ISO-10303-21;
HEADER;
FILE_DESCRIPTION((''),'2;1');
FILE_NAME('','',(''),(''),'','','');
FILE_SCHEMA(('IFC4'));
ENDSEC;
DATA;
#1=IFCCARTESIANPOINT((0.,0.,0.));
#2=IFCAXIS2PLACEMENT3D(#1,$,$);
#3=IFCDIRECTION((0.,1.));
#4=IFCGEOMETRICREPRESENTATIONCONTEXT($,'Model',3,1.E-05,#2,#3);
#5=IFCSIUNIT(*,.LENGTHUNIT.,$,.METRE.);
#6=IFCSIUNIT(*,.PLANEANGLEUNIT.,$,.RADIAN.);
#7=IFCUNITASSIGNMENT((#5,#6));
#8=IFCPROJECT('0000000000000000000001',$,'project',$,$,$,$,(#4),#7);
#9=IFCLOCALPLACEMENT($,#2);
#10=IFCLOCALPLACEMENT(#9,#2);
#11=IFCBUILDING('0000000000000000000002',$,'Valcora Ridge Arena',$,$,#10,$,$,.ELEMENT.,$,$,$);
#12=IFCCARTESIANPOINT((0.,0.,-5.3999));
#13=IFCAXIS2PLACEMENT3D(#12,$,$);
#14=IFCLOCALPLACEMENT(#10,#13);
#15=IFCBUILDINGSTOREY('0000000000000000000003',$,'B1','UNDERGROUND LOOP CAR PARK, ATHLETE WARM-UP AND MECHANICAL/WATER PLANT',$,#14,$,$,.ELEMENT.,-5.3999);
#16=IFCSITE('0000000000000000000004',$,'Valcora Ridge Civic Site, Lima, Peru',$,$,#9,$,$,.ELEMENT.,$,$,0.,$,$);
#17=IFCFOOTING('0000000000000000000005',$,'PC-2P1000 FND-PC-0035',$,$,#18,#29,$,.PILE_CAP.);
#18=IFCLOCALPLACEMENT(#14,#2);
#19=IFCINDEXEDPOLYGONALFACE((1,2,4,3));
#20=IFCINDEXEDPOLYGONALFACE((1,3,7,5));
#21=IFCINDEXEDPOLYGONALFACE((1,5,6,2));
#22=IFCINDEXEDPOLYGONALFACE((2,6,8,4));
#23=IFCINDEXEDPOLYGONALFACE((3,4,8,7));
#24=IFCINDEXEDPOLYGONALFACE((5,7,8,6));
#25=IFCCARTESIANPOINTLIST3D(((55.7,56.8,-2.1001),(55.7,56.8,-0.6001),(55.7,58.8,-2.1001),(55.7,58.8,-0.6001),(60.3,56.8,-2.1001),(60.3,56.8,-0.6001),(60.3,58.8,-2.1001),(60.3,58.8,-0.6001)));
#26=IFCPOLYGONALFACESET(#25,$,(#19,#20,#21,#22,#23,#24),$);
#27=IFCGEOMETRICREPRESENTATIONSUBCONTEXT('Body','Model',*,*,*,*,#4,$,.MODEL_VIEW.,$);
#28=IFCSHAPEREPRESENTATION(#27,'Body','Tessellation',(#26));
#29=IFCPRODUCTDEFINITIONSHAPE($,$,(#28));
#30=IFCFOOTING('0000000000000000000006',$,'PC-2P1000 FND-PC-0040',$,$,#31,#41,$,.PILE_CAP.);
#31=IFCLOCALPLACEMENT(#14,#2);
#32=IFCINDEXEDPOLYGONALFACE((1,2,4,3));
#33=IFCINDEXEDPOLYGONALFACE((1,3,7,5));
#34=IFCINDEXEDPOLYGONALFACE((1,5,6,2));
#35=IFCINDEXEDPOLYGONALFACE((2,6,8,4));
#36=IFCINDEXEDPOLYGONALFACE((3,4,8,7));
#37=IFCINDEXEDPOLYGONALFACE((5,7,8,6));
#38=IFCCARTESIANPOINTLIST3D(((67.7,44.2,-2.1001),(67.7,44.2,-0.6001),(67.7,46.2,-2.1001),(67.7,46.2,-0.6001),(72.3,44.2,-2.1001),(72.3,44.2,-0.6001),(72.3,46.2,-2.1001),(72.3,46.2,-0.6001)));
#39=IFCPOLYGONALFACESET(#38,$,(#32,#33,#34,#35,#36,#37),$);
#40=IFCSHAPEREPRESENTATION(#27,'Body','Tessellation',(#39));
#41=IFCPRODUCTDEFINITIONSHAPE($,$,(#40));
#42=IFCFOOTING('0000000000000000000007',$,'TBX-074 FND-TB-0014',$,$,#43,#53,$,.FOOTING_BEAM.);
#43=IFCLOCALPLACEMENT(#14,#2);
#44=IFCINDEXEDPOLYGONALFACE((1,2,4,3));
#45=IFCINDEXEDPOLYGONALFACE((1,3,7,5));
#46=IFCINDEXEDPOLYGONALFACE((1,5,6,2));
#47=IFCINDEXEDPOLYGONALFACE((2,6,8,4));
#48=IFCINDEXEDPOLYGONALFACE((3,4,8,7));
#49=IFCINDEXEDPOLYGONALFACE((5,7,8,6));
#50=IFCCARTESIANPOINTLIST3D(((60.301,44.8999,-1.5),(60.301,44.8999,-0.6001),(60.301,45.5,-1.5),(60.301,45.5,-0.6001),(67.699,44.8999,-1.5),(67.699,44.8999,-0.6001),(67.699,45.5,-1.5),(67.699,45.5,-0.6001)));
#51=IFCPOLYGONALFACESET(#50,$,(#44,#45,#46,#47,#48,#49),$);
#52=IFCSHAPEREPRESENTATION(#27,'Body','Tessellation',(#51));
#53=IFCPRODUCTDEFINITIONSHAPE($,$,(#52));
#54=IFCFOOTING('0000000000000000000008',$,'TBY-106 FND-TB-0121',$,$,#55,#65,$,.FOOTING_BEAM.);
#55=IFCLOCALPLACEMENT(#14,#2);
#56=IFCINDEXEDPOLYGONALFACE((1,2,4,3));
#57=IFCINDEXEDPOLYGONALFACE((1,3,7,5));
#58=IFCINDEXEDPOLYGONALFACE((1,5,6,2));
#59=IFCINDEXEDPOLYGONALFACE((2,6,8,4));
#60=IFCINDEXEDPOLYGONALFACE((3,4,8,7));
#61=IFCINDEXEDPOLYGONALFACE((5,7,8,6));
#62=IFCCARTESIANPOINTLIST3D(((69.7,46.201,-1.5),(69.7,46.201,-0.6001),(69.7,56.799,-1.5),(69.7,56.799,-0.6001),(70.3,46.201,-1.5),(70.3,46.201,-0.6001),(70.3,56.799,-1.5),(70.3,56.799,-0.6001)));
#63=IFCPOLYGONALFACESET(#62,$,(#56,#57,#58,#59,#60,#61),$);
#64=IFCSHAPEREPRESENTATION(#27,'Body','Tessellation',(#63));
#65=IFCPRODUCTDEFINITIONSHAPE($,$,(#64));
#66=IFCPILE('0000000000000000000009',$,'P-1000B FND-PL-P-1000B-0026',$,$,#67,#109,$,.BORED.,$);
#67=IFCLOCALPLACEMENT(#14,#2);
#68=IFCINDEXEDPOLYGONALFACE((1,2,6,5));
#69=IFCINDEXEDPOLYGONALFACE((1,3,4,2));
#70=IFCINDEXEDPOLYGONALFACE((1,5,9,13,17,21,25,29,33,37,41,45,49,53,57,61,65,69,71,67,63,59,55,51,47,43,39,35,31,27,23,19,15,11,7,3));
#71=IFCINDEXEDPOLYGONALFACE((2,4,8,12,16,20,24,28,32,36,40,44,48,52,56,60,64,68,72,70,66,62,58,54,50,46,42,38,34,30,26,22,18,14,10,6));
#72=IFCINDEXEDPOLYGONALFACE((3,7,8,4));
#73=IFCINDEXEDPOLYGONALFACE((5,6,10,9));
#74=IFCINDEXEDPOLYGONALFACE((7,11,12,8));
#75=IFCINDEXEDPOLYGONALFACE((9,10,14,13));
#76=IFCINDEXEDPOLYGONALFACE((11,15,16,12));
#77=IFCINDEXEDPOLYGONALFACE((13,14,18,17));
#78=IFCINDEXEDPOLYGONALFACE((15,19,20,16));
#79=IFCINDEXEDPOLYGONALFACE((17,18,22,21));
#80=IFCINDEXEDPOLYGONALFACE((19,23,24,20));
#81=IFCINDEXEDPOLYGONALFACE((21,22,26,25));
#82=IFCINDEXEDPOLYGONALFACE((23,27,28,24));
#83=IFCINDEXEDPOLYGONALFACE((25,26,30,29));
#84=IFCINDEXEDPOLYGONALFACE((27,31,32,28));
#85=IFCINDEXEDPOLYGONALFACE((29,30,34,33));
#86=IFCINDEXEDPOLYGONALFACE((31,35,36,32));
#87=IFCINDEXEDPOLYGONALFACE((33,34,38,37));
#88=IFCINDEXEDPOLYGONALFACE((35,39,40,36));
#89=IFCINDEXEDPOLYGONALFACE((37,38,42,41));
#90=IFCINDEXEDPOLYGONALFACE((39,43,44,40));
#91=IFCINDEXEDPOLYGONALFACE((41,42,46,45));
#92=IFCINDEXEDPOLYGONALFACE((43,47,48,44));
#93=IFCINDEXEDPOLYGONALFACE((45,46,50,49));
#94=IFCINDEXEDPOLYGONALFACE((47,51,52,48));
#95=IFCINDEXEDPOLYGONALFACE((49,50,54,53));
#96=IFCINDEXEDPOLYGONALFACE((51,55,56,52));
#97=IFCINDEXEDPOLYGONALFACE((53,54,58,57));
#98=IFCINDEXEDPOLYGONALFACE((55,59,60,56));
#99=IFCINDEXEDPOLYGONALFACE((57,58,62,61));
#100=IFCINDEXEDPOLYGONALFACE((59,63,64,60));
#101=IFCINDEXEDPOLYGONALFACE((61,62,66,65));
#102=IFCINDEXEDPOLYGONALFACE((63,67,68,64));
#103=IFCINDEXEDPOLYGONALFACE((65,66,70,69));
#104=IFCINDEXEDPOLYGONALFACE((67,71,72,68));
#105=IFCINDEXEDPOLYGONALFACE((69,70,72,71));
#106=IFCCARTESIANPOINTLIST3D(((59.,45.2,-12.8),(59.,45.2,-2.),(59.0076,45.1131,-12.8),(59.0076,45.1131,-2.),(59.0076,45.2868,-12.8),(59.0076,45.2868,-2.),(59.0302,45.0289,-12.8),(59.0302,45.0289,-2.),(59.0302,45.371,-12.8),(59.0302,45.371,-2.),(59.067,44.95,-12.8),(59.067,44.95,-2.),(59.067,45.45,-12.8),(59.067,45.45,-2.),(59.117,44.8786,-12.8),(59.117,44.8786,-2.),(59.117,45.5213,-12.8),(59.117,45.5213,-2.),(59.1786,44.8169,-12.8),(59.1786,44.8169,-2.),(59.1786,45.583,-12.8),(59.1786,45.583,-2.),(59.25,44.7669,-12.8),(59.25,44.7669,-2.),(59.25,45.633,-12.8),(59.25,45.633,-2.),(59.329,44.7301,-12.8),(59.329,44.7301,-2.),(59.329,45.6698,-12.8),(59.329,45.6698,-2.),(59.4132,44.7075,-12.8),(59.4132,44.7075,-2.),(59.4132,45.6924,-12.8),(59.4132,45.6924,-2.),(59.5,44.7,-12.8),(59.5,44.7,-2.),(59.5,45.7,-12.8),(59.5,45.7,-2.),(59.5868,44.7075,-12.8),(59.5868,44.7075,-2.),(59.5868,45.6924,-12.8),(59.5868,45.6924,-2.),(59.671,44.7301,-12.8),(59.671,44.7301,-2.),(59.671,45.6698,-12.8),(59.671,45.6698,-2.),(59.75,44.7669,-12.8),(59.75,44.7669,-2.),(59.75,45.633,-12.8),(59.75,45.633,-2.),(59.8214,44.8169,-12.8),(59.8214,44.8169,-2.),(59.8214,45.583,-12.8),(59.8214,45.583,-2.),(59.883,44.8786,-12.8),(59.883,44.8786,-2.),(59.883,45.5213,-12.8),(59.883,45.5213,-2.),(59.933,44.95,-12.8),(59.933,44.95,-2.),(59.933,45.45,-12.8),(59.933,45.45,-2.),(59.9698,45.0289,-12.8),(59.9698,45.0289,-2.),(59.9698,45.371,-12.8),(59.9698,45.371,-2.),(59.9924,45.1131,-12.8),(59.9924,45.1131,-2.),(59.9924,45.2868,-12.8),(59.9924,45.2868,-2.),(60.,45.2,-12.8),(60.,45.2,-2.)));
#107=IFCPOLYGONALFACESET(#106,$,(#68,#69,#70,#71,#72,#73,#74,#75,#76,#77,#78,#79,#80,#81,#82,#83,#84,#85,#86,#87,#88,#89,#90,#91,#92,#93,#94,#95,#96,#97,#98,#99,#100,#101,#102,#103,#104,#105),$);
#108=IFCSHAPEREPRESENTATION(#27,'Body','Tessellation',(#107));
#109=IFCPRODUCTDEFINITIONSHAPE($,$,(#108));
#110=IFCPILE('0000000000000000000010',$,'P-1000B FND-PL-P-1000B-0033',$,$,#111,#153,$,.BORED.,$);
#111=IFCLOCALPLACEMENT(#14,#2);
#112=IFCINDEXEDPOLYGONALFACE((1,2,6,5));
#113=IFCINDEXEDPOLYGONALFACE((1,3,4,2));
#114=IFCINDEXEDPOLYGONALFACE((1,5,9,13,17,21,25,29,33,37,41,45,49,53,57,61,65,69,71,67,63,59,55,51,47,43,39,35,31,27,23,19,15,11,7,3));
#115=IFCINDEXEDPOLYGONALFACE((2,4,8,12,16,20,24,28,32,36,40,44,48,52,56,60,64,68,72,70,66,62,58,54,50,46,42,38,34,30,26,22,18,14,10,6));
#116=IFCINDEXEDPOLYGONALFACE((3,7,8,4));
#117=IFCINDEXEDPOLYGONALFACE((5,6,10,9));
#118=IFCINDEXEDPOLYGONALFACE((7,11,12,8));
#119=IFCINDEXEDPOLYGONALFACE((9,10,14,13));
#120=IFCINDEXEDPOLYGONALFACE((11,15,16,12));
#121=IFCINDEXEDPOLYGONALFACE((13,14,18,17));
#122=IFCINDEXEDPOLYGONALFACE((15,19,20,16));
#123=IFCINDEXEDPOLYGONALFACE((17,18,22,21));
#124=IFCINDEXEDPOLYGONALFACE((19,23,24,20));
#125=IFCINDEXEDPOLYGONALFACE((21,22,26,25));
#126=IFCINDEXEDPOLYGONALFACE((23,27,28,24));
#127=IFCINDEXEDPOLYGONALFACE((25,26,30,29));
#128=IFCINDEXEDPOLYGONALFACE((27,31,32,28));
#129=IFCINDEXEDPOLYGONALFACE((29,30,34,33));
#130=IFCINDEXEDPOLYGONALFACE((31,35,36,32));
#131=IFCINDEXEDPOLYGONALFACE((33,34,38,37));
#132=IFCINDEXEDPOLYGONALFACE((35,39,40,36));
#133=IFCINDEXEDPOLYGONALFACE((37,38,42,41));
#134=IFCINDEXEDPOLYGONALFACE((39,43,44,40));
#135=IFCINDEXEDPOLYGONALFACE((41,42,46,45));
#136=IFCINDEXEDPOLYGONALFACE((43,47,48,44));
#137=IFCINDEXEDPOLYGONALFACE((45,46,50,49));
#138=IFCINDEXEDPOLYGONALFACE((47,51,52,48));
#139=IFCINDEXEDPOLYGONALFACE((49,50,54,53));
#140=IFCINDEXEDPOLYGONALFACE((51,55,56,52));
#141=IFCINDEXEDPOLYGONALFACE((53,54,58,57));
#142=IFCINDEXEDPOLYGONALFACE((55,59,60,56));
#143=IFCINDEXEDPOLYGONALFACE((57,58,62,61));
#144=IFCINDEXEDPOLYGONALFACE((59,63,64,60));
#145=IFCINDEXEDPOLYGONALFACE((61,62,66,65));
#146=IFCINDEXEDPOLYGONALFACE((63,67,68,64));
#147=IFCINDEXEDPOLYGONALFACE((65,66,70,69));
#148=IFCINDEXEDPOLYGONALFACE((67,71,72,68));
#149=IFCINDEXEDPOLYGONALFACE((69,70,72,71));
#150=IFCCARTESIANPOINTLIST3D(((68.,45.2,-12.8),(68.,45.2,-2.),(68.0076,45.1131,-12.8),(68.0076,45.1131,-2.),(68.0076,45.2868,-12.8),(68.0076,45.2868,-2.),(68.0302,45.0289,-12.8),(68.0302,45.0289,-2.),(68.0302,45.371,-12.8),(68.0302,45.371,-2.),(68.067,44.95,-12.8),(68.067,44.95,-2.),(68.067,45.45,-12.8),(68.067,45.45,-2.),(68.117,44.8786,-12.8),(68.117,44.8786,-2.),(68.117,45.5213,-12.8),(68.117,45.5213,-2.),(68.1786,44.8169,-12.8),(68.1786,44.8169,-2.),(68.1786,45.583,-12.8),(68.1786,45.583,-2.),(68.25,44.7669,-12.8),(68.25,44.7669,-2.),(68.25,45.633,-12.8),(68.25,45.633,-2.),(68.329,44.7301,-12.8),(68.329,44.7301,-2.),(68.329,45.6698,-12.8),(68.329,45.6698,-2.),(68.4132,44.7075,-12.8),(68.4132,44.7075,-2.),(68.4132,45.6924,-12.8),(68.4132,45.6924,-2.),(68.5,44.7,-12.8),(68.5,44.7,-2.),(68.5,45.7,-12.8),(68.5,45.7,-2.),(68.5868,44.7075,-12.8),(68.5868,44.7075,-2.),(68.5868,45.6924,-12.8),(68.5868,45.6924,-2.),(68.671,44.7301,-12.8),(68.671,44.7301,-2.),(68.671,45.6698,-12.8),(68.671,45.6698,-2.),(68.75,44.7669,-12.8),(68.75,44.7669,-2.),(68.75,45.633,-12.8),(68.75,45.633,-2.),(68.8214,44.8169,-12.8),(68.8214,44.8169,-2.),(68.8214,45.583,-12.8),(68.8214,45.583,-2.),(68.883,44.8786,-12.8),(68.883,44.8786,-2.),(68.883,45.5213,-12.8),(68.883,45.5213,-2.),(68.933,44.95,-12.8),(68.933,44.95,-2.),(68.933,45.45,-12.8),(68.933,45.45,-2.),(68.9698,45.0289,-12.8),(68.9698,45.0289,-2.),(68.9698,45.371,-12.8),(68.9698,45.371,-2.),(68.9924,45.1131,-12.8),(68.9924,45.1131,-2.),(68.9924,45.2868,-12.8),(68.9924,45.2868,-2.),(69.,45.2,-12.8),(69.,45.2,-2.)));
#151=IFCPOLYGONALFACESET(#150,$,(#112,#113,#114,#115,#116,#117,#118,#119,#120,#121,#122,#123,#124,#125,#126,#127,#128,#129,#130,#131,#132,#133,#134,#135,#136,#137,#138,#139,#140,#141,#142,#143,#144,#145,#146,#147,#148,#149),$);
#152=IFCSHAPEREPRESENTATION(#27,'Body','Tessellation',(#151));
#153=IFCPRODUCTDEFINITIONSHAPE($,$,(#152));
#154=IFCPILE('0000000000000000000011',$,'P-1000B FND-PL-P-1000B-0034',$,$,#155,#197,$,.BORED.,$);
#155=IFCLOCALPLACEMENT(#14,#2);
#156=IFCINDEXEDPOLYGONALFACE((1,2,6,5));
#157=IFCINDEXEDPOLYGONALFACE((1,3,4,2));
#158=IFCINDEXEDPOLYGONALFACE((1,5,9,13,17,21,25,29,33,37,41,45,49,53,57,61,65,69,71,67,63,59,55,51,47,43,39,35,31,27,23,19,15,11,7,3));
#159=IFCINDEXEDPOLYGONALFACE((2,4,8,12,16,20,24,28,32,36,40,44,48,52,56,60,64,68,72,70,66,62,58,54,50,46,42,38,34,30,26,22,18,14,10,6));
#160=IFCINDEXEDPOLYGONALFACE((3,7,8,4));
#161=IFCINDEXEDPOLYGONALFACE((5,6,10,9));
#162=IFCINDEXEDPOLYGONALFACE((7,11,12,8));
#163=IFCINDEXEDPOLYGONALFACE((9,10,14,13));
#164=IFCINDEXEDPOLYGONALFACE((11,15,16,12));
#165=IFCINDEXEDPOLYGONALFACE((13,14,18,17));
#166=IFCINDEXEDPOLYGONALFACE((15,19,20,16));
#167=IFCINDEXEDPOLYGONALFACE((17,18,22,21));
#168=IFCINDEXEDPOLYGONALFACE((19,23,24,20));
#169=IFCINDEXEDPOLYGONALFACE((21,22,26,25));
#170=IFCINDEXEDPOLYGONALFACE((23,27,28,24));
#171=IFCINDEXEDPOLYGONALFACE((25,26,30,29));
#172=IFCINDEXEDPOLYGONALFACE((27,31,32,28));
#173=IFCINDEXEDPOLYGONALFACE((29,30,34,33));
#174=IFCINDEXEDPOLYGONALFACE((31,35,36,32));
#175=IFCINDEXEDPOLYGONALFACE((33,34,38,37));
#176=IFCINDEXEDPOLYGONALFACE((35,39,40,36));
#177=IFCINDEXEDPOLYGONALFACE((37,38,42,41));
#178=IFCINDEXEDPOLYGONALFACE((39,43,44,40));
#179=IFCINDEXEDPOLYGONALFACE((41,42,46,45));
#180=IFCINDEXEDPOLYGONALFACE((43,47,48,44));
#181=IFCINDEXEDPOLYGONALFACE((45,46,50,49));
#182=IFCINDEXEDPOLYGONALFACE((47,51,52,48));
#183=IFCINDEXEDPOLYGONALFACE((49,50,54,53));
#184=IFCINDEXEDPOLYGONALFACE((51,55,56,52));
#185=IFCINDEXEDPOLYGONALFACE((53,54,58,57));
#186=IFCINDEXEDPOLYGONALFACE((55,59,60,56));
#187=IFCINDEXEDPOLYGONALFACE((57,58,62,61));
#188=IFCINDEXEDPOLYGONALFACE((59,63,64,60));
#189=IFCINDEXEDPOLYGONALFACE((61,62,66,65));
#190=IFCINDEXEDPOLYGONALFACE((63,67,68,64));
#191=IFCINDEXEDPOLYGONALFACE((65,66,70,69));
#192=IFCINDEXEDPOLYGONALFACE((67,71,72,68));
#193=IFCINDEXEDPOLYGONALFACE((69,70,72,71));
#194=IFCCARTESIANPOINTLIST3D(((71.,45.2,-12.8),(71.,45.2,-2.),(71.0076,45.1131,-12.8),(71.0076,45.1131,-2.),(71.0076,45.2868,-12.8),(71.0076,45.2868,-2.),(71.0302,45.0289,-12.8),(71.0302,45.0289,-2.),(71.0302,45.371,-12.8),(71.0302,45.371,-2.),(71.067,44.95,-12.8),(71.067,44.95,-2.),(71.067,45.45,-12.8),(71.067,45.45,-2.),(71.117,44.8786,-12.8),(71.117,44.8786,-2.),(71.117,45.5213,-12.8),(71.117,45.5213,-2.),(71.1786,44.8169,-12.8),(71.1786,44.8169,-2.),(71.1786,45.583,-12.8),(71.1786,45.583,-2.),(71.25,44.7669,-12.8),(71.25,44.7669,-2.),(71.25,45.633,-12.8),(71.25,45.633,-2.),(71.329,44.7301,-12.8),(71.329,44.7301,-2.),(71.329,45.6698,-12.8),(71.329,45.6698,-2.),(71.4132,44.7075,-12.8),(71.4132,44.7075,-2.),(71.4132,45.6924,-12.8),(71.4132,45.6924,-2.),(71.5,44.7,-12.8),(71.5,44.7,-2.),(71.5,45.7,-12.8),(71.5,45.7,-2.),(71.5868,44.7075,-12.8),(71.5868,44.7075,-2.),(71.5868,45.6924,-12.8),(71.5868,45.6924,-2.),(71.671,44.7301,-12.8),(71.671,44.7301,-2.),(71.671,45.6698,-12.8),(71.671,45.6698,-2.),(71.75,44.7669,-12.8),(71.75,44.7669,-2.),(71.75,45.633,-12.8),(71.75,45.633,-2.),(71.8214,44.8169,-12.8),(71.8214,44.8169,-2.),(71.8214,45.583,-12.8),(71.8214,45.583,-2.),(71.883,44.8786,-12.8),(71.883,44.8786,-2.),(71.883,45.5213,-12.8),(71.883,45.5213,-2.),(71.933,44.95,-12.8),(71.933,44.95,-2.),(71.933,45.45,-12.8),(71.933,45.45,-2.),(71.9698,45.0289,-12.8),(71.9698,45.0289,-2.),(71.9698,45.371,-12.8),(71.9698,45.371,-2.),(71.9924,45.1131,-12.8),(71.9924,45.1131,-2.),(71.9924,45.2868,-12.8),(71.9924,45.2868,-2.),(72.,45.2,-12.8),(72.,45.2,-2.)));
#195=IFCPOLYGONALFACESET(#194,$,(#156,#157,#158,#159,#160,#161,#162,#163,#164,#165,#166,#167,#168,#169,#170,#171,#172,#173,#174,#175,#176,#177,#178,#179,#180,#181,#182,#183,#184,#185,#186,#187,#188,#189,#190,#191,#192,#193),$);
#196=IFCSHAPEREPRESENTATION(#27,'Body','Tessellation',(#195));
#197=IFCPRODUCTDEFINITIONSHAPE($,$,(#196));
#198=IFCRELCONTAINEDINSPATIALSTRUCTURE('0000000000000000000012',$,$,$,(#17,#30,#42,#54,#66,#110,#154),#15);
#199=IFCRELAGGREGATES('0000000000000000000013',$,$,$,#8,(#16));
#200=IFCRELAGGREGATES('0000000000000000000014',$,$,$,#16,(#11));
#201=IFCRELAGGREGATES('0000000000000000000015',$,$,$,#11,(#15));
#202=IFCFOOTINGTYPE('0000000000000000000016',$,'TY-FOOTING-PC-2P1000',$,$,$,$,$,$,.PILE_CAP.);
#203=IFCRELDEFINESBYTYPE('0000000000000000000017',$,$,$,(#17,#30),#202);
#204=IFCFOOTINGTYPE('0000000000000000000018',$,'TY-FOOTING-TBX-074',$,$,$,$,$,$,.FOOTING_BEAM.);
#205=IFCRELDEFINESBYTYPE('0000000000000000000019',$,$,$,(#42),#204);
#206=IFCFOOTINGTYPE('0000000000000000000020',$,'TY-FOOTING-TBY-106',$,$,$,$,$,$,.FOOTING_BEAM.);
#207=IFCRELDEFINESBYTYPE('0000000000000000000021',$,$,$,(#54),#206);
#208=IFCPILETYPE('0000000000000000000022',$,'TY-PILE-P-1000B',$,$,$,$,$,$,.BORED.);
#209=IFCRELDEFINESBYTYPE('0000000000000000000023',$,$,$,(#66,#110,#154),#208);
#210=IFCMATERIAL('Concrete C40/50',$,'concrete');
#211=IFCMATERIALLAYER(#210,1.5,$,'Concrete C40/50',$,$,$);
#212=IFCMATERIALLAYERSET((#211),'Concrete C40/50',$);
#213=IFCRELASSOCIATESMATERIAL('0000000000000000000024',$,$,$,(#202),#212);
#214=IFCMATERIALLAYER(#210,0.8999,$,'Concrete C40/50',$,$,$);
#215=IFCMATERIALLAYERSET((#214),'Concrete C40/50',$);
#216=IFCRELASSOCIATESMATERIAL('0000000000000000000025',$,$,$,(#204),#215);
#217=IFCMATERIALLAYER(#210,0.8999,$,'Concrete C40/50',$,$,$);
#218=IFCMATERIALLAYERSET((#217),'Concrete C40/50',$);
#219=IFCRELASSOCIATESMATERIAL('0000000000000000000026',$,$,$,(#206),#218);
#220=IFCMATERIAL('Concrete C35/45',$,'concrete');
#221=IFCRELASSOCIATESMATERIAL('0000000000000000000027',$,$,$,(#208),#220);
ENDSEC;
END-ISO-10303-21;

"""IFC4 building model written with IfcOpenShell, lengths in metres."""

from ifc_helpers import new_model, si_unit, direction, frame, origin, origin_2d, place, context, subcontext, project, spatial, rectangle, circle, extrude, material, layer, layer_set, material_profile, profile_set, type_object, element, save


model = new_model("IFC4")

# Units and contexts
model_context = context("Model", 3, precision=1e-05, world=origin(), true_north=direction((0.0, 1.0)))
body_context = subcontext(model_context, "Body", "Model", "MODEL_VIEW")
ifc_project = project(units=[si_unit("LENGTHUNIT", "METRE"), si_unit("PLANEANGLEUNIT", "RADIAN")], contexts=[model_context])

# Site, building, storey
site_placement = place(None, origin())
site = spatial("IfcSite", under=ifc_project, at=site_placement, Name="Valcora Ridge Civic Site, Lima, Peru", CompositionType="ELEMENT", RefElevation=0.0)
building_placement = place(site_placement, origin())
building = spatial("IfcBuilding", under=site, at=building_placement, Name="Valcora Ridge Arena", CompositionType="ELEMENT")
storey_placement = place(building_placement, frame((0.0, 0.0, -5.3999)))
storey = spatial("IfcBuildingStorey", under=building, at=storey_placement, Name="B1", Description="UNDERGROUND LOOP CAR PARK, ATHLETE WARM-UP AND MECHANICAL/WATER PLANT", CompositionType="ELEMENT", Elevation=-5.3999)

# Footings
ifc_material_1 = material(Name="Concrete C40/50", Category="concrete")
ifc_layer_1 = layer(ifc_material_1, 1.5, Name="Concrete C40/50")
ifc_layer_set_1 = layer_set([ifc_layer_1], Name="Concrete C40/50")
footing_type_1 = type_object("IfcFootingType", Name="TY-FOOTING-PC-2P1000", PredefinedType="PILE_CAP", material=ifc_layer_set_1)
for number, where, z_axis, x_axis, name in (
    (1, (58.0, 57.8, -2.1001), (0.0, 0.0, 1.0), (1.0, 0.0, 0.0), "PC-2P1000 FND-PC-0035"),
    (2, (70.0, 45.2, -2.1001), (0.0, 0.0, 1.0), (1.0, 0.0, 0.0), "PC-2P1000 FND-PC-0040"),
):
    element("IfcFooting", number, at=place(storey_placement, frame(where, z_axis=z_axis, x_axis=x_axis)), inside=storey, type_object=footing_type_1, Name=name, PredefinedType="PILE_CAP", context=body_context, shape_type="SweptSolid", body=[
        extrude(rectangle(XDim=4.6001, YDim=2.0, at=origin_2d()), origin(), (0.0, 0.0, 1.0), 1.5),
    ])
ifc_layer_2 = layer(ifc_material_1, 0.8999, Name="Concrete C40/50")
ifc_layer_set_2 = layer_set([ifc_layer_2], Name="Concrete C40/50")
footing_type_2 = type_object("IfcFootingType", Name="TY-FOOTING-TBX-074", PredefinedType="FOOTING_BEAM", material=ifc_layer_set_2)
footing_1_placement = place(storey_placement, frame((64.0, 45.2, -1.5), z_axis=(0.0, 0.0, 1.0), x_axis=(1.0, 0.0, 0.0)))
element("IfcFooting", 3, at=footing_1_placement, inside=storey, type_object=footing_type_2, Name="TBX-074 FND-TB-0014", PredefinedType="FOOTING_BEAM", context=body_context, shape_type="SweptSolid", body=[
    extrude(rectangle(XDim=7.3979, YDim=0.6001, at=origin_2d()), origin(), (0.0, 0.0, 1.0), 0.8999),
])
ifc_layer_3 = layer(ifc_material_1, 0.8999, Name="Concrete C40/50")
ifc_layer_set_3 = layer_set([ifc_layer_3], Name="Concrete C40/50")
footing_type_3 = type_object("IfcFootingType", Name="TY-FOOTING-TBY-106", PredefinedType="FOOTING_BEAM", material=ifc_layer_set_3)
footing_2_placement = place(storey_placement, frame((70.0, 51.5, -1.5), z_axis=(0.0, 0.0, 1.0), x_axis=(1.0, 0.0, 0.0)))
element("IfcFooting", 4, at=footing_2_placement, inside=storey, type_object=footing_type_3, Name="TBY-106 FND-TB-0121", PredefinedType="FOOTING_BEAM", context=body_context, shape_type="SweptSolid", body=[
    extrude(rectangle(XDim=0.6001, YDim=10.5979, at=origin_2d()), origin(), (0.0, 0.0, 1.0), 0.8999),
])

# Piles
ifc_material_2 = material(Name="Concrete C35/45", Category="concrete")
ifc_material_profile_1 = material_profile(ifc_material_2, circle(Radius=0.5, at=origin_2d()), Name="BORED PILE D1000")
ifc_profile_set_1 = profile_set([ifc_material_profile_1], Name="Concrete C35/45")
pile_type = type_object("IfcPileType", Name="TY-PILE-P-1000B", PredefinedType="BORED", material=ifc_profile_set_1)
for number, where, z_axis, x_axis, name in (
    (5, (59.5, 45.2, -2.0), (0.0, 0.0, -1.0), (1.0, 0.0, 0.0), "P-1000B FND-PL-P-1000B-0026"),
    (6, (68.5, 45.2, -2.0), (0.0, 0.0, -1.0), (1.0, 0.0, 0.0), "P-1000B FND-PL-P-1000B-0033"),
    (7, (71.5, 45.2, -2.0), (0.0, 0.0, -1.0), (1.0, 0.0, 0.0), "P-1000B FND-PL-P-1000B-0034"),
):
    element("IfcPile", number, at=place(storey_placement, frame(where, z_axis=z_axis, x_axis=x_axis)), inside=storey, type_object=pile_type, Name=name, PredefinedType="BORED", context=body_context, shape_type="SweptSolid", body=[
        extrude(circle(Radius=0.5, at=origin_2d()), origin(), (0.0, 0.0, 1.0), 10.8),
    ])

save(model, "model.ifc")
